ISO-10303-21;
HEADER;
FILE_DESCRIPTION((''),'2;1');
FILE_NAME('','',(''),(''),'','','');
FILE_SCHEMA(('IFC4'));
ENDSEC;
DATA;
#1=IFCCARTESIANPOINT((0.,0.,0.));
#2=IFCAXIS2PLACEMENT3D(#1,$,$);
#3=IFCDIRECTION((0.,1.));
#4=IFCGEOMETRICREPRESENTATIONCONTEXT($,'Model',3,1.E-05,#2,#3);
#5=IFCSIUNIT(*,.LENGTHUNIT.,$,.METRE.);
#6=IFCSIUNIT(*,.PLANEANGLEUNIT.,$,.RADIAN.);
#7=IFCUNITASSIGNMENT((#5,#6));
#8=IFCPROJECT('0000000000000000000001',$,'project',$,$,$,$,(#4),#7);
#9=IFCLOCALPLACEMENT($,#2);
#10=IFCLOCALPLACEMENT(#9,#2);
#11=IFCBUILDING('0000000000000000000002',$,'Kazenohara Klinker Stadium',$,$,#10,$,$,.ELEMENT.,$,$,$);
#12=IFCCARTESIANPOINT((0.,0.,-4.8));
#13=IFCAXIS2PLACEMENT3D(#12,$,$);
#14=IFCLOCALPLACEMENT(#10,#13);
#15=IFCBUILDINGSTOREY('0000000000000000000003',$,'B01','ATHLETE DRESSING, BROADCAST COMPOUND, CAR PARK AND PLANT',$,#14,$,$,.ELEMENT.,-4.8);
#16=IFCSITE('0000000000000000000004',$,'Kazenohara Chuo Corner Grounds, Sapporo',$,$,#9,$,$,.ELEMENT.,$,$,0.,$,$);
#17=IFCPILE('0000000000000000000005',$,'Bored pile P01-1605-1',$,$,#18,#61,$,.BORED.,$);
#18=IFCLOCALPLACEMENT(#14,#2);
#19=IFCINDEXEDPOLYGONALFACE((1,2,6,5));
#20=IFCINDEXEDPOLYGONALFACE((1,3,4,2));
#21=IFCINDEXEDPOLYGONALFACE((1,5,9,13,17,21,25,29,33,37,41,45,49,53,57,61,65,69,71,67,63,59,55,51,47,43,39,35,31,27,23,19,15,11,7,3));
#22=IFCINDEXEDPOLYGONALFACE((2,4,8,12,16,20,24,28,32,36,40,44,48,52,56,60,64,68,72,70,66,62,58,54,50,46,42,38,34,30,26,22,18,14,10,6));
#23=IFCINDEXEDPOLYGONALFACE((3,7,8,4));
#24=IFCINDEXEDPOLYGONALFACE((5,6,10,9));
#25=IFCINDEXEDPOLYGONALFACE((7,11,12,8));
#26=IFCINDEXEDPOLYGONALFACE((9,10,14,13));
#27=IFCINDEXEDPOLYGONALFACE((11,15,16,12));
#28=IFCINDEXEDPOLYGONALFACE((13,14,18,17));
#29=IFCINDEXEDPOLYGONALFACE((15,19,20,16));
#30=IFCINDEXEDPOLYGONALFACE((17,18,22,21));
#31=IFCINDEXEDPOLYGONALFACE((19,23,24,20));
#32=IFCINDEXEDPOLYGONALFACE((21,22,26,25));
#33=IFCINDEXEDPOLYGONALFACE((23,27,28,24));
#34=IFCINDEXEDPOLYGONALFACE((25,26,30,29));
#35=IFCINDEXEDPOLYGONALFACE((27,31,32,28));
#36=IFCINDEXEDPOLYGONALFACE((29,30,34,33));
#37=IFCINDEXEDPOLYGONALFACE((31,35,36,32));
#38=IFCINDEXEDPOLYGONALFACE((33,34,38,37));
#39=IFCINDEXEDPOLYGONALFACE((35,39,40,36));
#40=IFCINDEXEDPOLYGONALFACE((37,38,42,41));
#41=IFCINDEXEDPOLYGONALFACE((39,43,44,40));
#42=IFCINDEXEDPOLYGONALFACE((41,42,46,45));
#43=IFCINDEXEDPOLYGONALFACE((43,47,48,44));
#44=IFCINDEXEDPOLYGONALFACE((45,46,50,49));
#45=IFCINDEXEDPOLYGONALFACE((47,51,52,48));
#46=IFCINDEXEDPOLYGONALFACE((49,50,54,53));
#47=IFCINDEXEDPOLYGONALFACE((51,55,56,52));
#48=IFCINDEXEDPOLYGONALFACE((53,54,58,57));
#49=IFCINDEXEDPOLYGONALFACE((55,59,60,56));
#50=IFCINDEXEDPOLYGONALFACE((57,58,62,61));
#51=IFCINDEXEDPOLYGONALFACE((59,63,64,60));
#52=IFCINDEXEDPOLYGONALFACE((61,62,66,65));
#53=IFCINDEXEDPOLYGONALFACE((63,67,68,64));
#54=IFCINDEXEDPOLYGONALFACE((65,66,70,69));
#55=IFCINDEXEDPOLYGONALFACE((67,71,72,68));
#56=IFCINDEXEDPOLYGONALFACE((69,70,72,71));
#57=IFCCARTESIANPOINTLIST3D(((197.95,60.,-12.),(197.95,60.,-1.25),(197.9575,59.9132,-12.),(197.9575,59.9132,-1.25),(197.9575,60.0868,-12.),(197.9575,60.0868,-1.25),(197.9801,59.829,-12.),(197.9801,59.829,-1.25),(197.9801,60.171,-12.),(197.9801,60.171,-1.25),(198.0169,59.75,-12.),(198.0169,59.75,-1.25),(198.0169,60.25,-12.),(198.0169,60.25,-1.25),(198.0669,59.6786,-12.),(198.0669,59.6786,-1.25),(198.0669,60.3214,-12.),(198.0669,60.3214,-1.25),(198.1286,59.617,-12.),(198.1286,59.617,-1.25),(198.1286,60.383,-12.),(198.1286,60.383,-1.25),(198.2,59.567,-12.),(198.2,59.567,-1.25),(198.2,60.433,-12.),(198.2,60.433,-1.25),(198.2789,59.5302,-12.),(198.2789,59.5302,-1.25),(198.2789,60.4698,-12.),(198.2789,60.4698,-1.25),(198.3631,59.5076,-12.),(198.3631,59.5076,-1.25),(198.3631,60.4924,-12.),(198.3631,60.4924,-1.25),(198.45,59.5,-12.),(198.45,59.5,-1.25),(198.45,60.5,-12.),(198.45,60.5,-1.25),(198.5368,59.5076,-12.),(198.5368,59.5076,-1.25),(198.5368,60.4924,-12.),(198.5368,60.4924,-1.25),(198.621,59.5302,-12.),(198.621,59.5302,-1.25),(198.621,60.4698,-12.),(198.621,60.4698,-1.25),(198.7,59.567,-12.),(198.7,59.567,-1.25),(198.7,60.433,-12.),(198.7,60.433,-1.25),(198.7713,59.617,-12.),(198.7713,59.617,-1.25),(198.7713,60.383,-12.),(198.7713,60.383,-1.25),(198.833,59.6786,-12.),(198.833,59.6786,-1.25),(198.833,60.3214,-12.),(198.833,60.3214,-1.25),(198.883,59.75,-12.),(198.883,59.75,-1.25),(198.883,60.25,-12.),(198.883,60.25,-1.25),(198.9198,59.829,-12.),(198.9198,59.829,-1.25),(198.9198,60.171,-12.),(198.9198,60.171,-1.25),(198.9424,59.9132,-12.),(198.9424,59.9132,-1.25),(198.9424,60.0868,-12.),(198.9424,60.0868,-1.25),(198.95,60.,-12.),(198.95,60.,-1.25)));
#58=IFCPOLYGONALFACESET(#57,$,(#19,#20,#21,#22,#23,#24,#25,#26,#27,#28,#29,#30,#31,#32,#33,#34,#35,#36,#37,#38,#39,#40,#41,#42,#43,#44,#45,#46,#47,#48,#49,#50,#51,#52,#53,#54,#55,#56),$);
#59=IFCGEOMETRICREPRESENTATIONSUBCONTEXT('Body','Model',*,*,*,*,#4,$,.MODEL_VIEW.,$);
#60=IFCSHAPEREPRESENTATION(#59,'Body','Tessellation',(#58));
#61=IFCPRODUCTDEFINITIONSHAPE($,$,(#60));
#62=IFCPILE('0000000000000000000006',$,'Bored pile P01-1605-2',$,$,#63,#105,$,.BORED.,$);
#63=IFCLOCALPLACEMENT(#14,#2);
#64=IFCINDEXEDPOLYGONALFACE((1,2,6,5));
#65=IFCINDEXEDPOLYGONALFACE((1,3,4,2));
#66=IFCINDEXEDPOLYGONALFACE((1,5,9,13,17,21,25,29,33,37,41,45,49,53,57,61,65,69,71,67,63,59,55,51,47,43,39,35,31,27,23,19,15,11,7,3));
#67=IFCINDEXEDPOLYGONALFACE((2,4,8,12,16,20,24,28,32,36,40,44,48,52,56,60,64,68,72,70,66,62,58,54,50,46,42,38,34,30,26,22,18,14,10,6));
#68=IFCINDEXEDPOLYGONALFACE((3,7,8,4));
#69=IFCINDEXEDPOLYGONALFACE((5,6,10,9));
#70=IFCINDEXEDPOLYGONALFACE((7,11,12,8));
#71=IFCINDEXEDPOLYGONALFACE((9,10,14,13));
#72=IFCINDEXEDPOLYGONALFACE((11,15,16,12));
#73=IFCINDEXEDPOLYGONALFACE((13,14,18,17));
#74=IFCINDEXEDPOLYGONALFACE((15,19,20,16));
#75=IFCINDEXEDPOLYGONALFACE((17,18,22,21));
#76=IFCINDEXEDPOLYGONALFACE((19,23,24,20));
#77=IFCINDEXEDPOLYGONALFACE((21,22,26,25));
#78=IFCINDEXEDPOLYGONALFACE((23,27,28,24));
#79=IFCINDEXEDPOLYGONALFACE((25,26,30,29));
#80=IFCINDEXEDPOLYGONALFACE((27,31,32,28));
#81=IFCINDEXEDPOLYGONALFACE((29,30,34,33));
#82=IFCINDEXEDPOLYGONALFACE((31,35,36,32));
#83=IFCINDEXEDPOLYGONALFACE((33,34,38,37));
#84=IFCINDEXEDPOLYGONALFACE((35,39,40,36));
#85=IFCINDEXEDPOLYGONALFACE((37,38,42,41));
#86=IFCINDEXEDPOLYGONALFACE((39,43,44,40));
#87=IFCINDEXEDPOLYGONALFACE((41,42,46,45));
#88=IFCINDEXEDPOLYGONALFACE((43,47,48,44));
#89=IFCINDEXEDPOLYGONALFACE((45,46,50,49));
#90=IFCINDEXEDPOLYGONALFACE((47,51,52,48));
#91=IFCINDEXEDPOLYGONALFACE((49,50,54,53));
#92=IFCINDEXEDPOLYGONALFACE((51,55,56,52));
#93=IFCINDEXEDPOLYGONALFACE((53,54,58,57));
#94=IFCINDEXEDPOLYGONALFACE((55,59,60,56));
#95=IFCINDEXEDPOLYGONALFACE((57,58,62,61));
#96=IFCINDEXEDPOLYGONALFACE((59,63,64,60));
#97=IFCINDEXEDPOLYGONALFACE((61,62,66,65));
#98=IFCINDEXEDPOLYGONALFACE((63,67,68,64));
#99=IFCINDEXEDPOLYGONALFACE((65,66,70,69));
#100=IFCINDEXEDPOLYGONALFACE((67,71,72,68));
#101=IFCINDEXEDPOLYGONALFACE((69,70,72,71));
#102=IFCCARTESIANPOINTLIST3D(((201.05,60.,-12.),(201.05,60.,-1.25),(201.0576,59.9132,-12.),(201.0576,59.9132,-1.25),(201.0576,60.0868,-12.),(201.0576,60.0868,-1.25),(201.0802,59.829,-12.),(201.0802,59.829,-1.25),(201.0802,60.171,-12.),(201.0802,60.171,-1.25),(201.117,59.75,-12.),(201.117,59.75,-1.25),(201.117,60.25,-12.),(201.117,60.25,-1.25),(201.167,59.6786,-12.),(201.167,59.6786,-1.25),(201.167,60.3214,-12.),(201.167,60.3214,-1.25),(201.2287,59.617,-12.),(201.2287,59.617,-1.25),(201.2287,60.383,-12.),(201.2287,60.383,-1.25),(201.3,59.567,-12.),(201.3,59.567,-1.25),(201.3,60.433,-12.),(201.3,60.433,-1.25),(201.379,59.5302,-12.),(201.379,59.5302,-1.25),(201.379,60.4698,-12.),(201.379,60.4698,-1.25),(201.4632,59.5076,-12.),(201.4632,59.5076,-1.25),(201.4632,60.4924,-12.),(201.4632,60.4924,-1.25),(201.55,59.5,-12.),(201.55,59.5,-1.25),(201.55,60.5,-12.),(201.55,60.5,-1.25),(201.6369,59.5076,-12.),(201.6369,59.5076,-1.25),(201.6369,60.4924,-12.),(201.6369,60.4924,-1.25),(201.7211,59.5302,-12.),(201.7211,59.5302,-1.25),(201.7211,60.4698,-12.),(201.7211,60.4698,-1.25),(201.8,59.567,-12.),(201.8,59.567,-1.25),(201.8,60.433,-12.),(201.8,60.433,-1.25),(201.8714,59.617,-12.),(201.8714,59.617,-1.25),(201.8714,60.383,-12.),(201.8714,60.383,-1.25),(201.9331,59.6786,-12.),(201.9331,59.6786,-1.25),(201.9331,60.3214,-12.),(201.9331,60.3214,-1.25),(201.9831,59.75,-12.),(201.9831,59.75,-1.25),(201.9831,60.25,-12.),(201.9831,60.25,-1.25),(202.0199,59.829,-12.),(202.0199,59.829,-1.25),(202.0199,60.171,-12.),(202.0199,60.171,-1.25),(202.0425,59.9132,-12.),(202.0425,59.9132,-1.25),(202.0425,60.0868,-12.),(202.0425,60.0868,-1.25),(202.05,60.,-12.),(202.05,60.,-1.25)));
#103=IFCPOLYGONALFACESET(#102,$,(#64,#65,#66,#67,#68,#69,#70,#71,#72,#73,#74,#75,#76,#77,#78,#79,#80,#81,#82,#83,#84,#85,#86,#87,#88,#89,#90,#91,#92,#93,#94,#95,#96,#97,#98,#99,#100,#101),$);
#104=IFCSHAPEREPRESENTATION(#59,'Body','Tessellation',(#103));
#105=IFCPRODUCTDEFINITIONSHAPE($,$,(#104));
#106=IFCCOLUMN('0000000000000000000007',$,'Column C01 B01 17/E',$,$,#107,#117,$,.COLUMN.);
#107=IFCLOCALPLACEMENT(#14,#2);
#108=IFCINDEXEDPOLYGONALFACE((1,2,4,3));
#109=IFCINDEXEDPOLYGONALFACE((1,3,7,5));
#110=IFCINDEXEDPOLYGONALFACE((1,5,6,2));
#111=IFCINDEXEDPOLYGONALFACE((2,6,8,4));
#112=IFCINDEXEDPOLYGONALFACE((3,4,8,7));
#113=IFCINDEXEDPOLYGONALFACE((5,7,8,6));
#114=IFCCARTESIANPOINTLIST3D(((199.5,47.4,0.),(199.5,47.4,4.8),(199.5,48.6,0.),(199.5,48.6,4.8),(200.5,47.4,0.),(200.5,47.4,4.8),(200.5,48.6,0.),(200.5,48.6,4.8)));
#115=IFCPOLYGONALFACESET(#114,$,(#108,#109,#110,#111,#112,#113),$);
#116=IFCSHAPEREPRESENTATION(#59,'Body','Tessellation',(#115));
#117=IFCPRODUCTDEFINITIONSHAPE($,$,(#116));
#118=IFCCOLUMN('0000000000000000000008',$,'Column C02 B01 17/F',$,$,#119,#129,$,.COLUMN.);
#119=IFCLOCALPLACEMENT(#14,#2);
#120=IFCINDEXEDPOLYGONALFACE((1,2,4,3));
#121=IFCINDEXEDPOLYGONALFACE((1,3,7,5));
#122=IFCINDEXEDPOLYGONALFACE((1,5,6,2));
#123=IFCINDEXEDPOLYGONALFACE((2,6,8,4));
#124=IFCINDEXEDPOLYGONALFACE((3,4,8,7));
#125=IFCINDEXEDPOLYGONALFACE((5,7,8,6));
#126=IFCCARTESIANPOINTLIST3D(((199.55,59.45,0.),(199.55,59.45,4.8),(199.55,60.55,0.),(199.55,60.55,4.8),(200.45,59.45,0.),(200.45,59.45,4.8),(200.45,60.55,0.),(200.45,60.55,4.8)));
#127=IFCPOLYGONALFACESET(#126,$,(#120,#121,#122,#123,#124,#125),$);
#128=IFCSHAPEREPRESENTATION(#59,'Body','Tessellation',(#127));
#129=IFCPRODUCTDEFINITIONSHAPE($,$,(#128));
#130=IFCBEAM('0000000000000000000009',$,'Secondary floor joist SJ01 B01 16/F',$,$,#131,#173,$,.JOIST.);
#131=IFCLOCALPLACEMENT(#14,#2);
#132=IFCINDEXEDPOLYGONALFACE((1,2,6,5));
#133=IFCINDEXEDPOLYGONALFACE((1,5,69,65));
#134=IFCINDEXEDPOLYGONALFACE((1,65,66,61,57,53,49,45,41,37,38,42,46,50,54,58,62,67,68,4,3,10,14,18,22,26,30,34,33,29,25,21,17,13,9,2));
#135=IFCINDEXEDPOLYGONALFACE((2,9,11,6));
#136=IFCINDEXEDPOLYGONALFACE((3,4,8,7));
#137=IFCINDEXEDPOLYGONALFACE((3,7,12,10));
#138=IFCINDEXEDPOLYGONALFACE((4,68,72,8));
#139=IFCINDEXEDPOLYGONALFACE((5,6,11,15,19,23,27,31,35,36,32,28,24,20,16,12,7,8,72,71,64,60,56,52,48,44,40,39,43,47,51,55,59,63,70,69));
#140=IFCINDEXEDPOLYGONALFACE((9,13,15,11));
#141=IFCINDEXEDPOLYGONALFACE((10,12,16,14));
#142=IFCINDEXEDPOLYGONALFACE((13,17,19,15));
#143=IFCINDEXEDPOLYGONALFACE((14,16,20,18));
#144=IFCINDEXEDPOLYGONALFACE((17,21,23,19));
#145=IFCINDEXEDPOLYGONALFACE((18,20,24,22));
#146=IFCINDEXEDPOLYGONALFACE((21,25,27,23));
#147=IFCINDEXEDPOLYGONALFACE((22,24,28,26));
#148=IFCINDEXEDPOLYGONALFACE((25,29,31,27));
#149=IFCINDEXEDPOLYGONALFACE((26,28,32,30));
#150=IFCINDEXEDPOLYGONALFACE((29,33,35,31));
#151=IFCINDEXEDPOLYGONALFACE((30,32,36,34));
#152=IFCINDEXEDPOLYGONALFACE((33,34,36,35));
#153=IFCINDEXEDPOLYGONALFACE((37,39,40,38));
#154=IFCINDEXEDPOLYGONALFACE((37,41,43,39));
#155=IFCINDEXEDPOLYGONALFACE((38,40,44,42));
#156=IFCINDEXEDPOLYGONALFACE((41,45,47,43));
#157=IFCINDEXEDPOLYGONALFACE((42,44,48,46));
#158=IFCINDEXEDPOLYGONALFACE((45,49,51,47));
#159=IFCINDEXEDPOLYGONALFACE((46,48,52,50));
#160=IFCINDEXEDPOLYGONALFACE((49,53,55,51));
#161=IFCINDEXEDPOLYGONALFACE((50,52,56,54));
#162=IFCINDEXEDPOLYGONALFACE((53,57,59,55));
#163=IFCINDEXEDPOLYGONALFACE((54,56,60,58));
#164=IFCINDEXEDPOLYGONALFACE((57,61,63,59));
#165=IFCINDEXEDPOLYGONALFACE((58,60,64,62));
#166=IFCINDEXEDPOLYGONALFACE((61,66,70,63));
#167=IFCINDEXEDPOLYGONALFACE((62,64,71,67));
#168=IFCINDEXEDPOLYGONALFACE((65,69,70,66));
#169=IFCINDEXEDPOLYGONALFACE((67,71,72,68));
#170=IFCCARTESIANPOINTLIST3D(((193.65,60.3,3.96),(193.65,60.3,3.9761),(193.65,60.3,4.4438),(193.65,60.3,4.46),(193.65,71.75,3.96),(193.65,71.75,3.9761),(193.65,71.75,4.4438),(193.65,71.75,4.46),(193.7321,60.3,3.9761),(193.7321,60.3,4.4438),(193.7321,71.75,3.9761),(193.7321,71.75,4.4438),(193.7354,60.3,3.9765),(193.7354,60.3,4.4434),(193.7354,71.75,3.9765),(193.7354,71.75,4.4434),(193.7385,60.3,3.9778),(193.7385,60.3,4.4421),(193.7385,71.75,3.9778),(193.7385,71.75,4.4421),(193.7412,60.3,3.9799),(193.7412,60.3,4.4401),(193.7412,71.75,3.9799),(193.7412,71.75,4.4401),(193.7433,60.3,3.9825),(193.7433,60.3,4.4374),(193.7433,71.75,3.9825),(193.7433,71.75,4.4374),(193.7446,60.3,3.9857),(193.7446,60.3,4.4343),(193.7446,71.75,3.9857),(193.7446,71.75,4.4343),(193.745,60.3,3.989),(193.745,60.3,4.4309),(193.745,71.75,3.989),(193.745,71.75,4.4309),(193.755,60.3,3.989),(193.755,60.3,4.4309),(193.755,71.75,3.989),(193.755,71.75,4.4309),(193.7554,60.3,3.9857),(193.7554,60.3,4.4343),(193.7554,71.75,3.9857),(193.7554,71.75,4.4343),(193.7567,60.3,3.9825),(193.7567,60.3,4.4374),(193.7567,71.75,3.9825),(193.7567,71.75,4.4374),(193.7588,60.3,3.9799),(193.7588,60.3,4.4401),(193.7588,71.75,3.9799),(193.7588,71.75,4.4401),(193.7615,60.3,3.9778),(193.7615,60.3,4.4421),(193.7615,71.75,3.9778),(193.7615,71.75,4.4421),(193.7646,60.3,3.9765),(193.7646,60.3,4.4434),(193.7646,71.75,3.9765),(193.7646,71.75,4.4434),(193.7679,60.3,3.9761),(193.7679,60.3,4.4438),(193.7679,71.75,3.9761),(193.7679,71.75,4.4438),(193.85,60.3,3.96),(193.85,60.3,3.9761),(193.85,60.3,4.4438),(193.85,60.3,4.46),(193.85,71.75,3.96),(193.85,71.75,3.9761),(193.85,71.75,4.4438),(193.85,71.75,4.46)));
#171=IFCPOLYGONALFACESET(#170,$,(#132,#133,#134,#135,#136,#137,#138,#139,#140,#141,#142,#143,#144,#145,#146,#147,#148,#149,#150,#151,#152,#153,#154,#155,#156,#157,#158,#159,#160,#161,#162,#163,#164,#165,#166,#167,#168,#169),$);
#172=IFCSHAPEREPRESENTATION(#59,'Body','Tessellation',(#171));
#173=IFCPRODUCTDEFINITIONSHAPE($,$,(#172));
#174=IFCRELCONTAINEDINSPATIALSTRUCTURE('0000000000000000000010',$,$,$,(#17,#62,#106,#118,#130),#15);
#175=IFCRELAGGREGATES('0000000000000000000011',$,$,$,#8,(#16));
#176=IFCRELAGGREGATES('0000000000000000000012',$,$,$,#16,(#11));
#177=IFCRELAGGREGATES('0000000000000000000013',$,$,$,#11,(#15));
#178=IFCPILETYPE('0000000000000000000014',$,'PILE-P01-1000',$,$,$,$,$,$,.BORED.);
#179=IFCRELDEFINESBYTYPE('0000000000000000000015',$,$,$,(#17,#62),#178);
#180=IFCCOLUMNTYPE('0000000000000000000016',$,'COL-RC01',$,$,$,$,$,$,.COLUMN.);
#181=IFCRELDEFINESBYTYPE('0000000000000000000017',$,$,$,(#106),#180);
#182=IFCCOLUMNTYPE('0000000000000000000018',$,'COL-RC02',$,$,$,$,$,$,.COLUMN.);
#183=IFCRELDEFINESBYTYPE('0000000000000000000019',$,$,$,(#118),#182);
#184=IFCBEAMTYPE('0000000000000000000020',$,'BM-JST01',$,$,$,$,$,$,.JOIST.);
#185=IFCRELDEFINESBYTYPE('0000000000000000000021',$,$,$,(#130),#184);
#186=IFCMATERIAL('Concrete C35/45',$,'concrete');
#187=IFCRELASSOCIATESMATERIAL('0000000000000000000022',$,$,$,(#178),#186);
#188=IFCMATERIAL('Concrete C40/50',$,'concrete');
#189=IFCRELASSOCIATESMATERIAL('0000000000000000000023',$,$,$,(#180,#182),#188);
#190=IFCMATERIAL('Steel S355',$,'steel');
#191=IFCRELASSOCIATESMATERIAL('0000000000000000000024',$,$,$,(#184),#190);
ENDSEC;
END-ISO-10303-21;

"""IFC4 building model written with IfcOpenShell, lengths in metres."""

from ifc_helpers import new_model, si_unit, direction, frame, origin, origin_2d, place, context, subcontext, project, spatial, rectangle, circle, i_section, extrude, material, material_profile, profile_set, type_object, element, save


model = new_model("IFC4")

# Units and contexts
model_context = context("Model", 3, precision=1e-05, world=origin(), true_north=direction((0.0, 1.0)))
body_context = subcontext(model_context, "Body", "Model", "MODEL_VIEW")
ifc_project = project(units=[si_unit("LENGTHUNIT", "METRE"), si_unit("PLANEANGLEUNIT", "RADIAN")], contexts=[model_context])

# Site, building, storey
site_placement = place(None, origin())
site = spatial("IfcSite", under=ifc_project, at=site_placement, Name="Kazenohara Chuo Corner Grounds, Sapporo", CompositionType="ELEMENT", RefElevation=0.0)
building_placement = place(site_placement, origin())
building = spatial("IfcBuilding", under=site, at=building_placement, Name="Kazenohara Klinker Stadium", CompositionType="ELEMENT")
storey_placement = place(building_placement, frame((0.0, 0.0, -4.8)))
storey = spatial("IfcBuildingStorey", under=building, at=storey_placement, Name="B01", Description="ATHLETE DRESSING, BROADCAST COMPOUND, CAR PARK AND PLANT", CompositionType="ELEMENT", Elevation=-4.8)

# Shared definitions
ifc_material_1 = material(Name="Concrete C35/45", Category="concrete")

# Piles
ifc_material_profile_1 = material_profile(ifc_material_1, circle(Radius=0.5, at=origin_2d()), Name="BORED-PILE-1000")
ifc_profile_set_1 = profile_set([ifc_material_profile_1], Name="Concrete C35/45")
pile_type = type_object("IfcPileType", Name="PILE-P01-1000", PredefinedType="BORED", material=ifc_profile_set_1)
for number, where, z_axis, x_axis, name in (
    (1, (198.45, 60.0, -1.25), (0.0, 0.0, -1.0), (1.0, 0.0, 0.0), "Bored pile P01-1605-1"),
    (2, (201.55, 60.0, -1.25), (0.0, 0.0, -1.0), (1.0, 0.0, 0.0), "Bored pile P01-1605-2"),
):
    element("IfcPile", number, at=place(storey_placement, frame(where, z_axis=z_axis, x_axis=x_axis)), inside=storey, type_object=pile_type, Name=name, PredefinedType="BORED", context=body_context, shape_type="SweptSolid", body=[
        extrude(circle(Radius=0.5, at=origin_2d()), origin(), (0.0, 0.0, 1.0), 10.75),
    ])

# Columns
ifc_material_2 = material(Name="Concrete C40/50", Category="concrete")
ifc_material_profile_2 = material_profile(ifc_material_2, rectangle(XDim=1.0, YDim=1.2, at=origin_2d()), Name="RC-COL-1200x1000")
ifc_profile_set_2 = profile_set([ifc_material_profile_2], Name="Concrete C40/50")
column_type_1 = type_object("IfcColumnType", Name="COL-RC01", PredefinedType="COLUMN", material=ifc_profile_set_2)
column_1_placement = place(storey_placement, frame((200.0, 48.0, 0.0), z_axis=(0.0, 0.0, 1.0), x_axis=(1.0, 0.0, 0.0)))
element("IfcColumn", 3, at=column_1_placement, inside=storey, type_object=column_type_1, Name="Column C01 B01 17/E", PredefinedType="COLUMN", context=body_context, shape_type="SweptSolid", body=[
    extrude(rectangle(XDim=1.0, YDim=1.2, at=origin_2d()), origin(), (0.0, 0.0, 1.0), 4.8),
])
ifc_material_profile_3 = material_profile(ifc_material_2, rectangle(XDim=0.8999, YDim=1.1001, at=origin_2d()), Name="RC-COL-1100x900")
ifc_profile_set_3 = profile_set([ifc_material_profile_3], Name="Concrete C40/50")
column_type_2 = type_object("IfcColumnType", Name="COL-RC02", PredefinedType="COLUMN", material=ifc_profile_set_3)
column_2_placement = place(storey_placement, frame((200.0, 60.0, 0.0), z_axis=(0.0, 0.0, 1.0), x_axis=(1.0, 0.0, 0.0)))
element("IfcColumn", 4, at=column_2_placement, inside=storey, type_object=column_type_2, Name="Column C02 B01 17/F", PredefinedType="COLUMN", context=body_context, shape_type="SweptSolid", body=[
    extrude(rectangle(XDim=0.8999, YDim=1.1001, at=origin_2d()), origin(), (0.0, 0.0, 1.0), 4.8),
])

# Beam
ifc_material_3 = material(Name="Steel S355", Category="steel")
ifc_material_profile_4 = material_profile(ifc_material_3, i_section(OverallWidth=0.2, OverallDepth=0.5, WebThickness=0.01, FlangeThickness=0.0161, FilletRadius=0.0129, at=origin_2d()), Name="H-500x200x10x16")
ifc_profile_set_4 = profile_set([ifc_material_profile_4], Name="Steel S355")
beam_type_1 = type_object("IfcBeamType", Name="BM-JST01", PredefinedType="JOIST", material=ifc_profile_set_4)
beam_1_placement = place(storey_placement, frame((193.75, 60.3, 4.21), z_axis=(0.0, 1.0, 0.0), x_axis=(-1.0, 0.0, 0.0)))
element("IfcBeam", 5, at=beam_1_placement, inside=storey, type_object=beam_type_1, Name="Secondary floor joist SJ01 B01 16/F", PredefinedType="JOIST", context=body_context, shape_type="SweptSolid", body=[
    extrude(i_section(OverallWidth=0.2, OverallDepth=0.5, WebThickness=0.01, FlangeThickness=0.0161, FilletRadius=0.0129, at=origin_2d()), origin(), (0.0, 0.0, 1.0), 11.45),
])

save(model, "model.ifc")
